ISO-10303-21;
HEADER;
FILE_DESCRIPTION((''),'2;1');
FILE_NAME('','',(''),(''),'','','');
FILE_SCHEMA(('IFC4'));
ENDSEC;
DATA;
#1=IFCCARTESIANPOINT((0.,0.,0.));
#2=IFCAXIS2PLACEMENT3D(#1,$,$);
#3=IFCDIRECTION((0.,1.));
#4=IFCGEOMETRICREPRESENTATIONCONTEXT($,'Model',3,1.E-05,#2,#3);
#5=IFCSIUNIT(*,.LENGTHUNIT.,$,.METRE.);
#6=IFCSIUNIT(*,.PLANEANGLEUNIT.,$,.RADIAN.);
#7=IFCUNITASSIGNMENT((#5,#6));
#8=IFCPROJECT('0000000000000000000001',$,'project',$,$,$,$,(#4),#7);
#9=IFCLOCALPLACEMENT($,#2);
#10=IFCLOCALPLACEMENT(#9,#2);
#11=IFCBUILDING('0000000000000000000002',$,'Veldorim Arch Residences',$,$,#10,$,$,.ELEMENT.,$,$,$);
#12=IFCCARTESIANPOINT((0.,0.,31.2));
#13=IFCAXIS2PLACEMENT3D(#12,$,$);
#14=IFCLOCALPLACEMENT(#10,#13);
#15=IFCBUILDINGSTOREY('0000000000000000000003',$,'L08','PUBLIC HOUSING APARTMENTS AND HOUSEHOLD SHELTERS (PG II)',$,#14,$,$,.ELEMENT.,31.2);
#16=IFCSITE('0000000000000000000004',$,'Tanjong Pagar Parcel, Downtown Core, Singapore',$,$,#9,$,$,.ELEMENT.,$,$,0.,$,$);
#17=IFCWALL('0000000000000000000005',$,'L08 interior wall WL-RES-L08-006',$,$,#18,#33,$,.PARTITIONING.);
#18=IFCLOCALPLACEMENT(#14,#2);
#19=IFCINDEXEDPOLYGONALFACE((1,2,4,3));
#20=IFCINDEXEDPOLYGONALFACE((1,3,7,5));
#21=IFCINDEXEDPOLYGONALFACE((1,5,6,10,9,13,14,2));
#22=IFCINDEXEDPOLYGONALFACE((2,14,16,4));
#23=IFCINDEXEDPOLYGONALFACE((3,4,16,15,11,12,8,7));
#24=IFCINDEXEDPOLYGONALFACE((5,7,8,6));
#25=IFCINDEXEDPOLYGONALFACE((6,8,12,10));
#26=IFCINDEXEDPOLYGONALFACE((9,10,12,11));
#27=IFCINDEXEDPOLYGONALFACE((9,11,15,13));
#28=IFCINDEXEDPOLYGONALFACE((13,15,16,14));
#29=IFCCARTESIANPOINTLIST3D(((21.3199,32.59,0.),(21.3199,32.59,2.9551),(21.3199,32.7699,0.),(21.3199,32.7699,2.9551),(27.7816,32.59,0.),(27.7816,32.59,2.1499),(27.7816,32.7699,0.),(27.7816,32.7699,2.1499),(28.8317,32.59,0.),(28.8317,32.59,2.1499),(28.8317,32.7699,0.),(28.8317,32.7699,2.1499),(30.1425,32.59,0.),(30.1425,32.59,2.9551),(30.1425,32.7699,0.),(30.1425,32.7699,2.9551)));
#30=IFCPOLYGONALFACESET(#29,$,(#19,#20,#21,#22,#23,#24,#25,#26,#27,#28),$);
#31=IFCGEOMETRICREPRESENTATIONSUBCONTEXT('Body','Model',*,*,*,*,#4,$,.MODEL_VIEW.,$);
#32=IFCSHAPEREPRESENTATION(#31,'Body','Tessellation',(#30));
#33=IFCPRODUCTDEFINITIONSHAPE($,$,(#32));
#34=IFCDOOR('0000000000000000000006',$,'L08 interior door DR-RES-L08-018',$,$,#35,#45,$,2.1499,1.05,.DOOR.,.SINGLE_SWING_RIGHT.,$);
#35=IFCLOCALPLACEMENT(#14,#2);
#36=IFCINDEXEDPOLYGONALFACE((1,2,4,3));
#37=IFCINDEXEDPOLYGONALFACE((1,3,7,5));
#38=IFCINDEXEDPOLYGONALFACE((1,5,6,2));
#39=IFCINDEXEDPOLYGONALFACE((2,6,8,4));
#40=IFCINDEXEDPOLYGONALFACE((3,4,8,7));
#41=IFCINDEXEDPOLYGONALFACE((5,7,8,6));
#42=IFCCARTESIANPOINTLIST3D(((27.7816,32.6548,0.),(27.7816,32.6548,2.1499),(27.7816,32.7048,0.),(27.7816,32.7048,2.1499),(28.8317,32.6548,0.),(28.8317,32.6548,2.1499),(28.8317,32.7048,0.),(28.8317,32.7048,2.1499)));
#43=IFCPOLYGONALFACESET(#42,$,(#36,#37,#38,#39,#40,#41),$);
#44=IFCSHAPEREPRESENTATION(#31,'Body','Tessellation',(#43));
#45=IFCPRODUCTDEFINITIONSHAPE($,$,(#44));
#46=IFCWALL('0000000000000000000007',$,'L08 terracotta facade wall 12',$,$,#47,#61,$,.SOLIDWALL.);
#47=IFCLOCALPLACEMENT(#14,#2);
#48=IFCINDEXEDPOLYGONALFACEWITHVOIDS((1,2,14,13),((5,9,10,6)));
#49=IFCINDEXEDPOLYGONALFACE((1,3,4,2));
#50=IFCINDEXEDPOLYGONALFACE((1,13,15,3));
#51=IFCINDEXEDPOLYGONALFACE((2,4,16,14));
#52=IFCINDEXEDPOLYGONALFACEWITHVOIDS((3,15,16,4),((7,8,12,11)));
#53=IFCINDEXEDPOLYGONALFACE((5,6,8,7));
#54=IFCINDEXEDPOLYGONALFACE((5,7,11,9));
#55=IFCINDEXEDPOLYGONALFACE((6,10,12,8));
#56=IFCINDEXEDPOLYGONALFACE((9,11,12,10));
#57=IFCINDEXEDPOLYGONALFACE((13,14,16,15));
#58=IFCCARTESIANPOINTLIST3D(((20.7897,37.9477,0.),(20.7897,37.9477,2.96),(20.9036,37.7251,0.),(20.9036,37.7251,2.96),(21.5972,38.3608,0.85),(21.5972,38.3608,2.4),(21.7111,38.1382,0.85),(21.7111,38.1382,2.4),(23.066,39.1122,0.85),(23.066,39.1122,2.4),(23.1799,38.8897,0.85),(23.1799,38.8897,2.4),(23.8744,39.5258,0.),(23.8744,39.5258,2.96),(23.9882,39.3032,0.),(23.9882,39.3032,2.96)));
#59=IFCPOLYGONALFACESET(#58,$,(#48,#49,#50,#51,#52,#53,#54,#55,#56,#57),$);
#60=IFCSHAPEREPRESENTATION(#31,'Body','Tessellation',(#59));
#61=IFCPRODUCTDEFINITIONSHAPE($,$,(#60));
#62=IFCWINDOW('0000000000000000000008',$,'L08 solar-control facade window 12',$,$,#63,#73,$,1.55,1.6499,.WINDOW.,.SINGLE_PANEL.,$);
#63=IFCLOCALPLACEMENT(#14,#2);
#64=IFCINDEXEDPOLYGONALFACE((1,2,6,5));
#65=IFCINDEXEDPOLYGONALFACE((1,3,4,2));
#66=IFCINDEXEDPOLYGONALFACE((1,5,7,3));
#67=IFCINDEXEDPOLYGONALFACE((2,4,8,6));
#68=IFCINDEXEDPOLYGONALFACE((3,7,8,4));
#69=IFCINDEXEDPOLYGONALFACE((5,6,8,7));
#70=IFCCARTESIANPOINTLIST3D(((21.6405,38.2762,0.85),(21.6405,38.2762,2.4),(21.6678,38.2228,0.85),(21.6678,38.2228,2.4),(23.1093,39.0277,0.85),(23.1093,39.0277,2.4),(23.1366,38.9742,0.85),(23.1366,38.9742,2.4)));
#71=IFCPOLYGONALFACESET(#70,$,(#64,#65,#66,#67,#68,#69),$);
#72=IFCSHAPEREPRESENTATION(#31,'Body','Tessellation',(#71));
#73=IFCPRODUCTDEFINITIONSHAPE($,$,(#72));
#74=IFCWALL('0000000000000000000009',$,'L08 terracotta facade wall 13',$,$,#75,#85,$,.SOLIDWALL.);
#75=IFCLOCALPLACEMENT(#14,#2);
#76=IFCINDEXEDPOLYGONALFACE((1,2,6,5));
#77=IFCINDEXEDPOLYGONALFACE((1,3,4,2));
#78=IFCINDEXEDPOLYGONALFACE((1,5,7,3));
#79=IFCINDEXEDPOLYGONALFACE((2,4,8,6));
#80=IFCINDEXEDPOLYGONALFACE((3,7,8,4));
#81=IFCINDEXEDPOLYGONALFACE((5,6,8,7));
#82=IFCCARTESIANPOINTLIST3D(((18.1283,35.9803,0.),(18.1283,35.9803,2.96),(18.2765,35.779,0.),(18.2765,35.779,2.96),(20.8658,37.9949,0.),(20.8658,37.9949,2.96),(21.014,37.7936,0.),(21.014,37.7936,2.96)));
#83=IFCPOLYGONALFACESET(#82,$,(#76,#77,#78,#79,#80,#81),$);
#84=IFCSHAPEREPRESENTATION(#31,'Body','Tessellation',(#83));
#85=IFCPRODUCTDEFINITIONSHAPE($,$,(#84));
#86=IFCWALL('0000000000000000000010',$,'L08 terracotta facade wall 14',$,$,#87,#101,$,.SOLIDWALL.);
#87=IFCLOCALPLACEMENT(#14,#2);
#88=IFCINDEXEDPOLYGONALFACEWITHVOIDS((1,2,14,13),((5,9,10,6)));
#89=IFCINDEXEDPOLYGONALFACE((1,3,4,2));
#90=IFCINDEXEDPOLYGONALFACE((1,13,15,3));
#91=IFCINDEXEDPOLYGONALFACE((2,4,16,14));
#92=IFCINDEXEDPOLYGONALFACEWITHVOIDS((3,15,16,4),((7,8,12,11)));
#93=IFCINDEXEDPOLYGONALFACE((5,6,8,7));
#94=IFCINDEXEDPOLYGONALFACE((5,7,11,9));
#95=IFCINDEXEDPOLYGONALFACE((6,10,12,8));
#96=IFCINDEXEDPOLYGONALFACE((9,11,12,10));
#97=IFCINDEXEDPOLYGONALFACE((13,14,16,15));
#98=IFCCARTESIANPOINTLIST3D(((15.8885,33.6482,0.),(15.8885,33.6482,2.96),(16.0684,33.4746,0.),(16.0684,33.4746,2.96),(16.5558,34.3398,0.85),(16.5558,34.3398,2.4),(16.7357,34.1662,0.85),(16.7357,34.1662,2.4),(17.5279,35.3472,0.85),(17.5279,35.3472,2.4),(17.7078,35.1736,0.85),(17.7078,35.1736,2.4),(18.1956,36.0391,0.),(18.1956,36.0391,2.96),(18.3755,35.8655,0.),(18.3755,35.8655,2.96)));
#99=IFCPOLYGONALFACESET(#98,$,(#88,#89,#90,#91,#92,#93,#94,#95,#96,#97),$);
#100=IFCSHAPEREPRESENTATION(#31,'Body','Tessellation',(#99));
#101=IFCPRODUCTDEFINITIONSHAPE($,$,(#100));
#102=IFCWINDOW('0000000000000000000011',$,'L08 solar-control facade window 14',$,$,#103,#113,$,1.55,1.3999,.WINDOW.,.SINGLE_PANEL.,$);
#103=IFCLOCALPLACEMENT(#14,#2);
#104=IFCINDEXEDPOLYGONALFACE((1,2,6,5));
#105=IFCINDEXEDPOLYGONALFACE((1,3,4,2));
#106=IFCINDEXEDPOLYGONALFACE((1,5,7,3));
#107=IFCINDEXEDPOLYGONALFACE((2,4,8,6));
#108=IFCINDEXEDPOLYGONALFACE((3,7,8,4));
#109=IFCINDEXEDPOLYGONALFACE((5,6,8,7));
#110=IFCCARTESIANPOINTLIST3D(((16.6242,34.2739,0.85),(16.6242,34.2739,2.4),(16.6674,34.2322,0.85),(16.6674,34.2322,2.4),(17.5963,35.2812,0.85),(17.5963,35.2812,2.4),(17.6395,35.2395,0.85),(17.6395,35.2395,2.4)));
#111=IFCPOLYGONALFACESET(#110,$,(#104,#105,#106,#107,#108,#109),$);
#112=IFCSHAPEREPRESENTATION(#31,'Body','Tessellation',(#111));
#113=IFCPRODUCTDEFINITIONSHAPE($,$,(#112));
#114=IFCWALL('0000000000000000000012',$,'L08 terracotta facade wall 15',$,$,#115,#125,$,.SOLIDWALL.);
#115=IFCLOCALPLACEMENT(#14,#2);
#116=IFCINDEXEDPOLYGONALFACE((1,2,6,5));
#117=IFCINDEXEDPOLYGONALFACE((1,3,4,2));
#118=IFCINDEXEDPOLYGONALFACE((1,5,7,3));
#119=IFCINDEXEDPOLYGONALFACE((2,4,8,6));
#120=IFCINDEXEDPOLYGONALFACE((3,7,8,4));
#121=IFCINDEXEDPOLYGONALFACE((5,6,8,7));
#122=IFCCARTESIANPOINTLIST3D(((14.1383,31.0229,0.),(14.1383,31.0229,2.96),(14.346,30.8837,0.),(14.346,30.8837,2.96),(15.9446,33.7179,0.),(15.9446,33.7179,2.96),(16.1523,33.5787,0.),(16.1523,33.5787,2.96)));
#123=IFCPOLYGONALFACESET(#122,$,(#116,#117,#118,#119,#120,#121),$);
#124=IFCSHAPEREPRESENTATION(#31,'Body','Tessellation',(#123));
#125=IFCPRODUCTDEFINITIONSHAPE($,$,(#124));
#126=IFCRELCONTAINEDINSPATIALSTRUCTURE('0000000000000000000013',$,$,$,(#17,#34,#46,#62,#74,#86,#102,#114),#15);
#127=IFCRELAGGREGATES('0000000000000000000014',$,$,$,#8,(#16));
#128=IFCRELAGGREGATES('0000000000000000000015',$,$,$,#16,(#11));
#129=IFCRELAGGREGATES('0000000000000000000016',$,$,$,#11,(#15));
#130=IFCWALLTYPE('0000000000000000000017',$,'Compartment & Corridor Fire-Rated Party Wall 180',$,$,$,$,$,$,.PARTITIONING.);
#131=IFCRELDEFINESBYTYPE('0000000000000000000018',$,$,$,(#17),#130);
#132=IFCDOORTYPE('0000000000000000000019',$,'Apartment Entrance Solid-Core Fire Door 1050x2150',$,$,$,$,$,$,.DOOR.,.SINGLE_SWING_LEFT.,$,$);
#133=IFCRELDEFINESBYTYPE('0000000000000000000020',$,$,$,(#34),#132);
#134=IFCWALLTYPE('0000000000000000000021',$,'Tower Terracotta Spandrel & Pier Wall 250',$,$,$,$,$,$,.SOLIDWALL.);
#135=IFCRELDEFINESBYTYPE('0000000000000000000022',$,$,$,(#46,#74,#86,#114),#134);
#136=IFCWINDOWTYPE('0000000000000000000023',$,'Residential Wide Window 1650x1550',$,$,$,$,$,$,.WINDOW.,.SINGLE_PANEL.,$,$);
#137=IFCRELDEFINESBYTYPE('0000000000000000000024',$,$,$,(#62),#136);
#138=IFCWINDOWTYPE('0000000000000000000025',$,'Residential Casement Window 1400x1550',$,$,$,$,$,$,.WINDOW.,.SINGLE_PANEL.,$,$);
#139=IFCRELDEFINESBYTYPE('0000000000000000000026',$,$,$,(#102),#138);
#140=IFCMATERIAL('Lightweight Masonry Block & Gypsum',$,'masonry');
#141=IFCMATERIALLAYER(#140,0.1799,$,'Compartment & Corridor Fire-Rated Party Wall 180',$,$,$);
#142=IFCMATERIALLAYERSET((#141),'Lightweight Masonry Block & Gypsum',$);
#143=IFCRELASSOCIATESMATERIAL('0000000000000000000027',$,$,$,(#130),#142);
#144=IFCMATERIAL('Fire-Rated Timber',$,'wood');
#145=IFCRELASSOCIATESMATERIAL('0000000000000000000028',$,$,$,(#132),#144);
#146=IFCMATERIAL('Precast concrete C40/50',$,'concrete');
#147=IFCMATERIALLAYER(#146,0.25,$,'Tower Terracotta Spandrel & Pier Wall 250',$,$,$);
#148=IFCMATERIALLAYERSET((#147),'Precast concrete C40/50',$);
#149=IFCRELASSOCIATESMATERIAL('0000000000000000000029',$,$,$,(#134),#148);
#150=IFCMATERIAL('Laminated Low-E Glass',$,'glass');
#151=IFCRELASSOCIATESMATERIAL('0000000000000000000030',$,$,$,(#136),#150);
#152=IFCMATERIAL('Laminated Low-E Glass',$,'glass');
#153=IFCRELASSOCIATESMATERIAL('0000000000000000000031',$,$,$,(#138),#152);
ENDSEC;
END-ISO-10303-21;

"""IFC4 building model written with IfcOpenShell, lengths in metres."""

from ifc_helpers import new_model, si_unit, direction, frame, frame_2d, origin, place, context, subcontext, project, spatial, rectangle, extrude, material, layer, layer_set, type_object, element, fill, save


model = new_model("IFC4")

# Units and contexts
model_context = context("Model", 3, precision=1e-05, world=origin(), true_north=direction((0.0, 1.0)))
body_context = subcontext(model_context, "Body", "Model", "MODEL_VIEW")
ifc_project = project(units=[si_unit("LENGTHUNIT", "METRE"), si_unit("PLANEANGLEUNIT", "RADIAN")], contexts=[model_context])

# Site, building, storey
site_placement = place(None, origin())
site = spatial("IfcSite", under=ifc_project, at=site_placement, Name="Tanjong Pagar Parcel, Downtown Core, Singapore", CompositionType="ELEMENT", RefElevation=0.0)
building_placement = place(site_placement, origin())
building = spatial("IfcBuilding", under=site, at=building_placement, Name="Veldorim Arch Residences", CompositionType="ELEMENT")
storey_placement = place(building_placement, frame((0.0, 0.0, 31.2)))
storey = spatial("IfcBuildingStorey", under=building, at=storey_placement, Name="L08", Description="PUBLIC HOUSING APARTMENTS AND HOUSEHOLD SHELTERS (PG II)", CompositionType="ELEMENT", Elevation=31.2)

# Shared definitions
ifc_material_1 = material(Name="Lightweight Masonry Block & Gypsum", Category="masonry")
ifc_layer_1 = layer(ifc_material_1, 0.1799, Name="Compartment & Corridor Fire-Rated Party Wall 180")
ifc_layer_set_1 = layer_set([ifc_layer_1], Name="Lightweight Masonry Block & Gypsum")
wall_type_1 = type_object("IfcWallType", Name="Compartment & Corridor Fire-Rated Party Wall 180", PredefinedType="PARTITIONING", material=ifc_layer_set_1)

# Wall, opening, door
wall_1_placement = place(storey_placement, frame((21.3201, 32.6799, 0.0), z_axis=(0.0, 0.0, 1.0), x_axis=(1.0, 0.0, 0.0)))
wall_1 = element("IfcWall", 1, at=wall_1_placement, inside=storey, type_object=wall_type_1, Name="L08 interior wall WL-RES-L08-006", PredefinedType="PARTITIONING", context=body_context, shape_type="SweptSolid", body=[
    extrude(rectangle(XDim=8.8225, YDim=0.1799, at=frame_2d((4.4111, 0.0))), origin(), (0.0, 0.0, 1.0), 2.9551),
])
opening_1_placement = place(wall_1_placement, frame((6.4617, 0.0, 0.0)))
opening_1 = element("IfcOpeningElement", 2, at=opening_1_placement, cuts=wall_1, PredefinedType="OPENING", context=body_context, shape_type="SweptSolid", body=[
    extrude(rectangle(XDim=1.05, YDim=2.1499, at=frame_2d((0.5249, 1.075))), frame((0.0, 0.0999, 0.0), z_axis=(0.0, -1.0, 0.0), x_axis=(1.0, 0.0, 0.0)), (0.0, 0.0, 1.0), 0.2),
])
ifc_material_2 = material(Name="Fire-Rated Timber", Category="wood")
door_type = type_object("IfcDoorType", Name="Apartment Entrance Solid-Core Fire Door 1050x2150", OperationType="SINGLE_SWING_LEFT", PredefinedType="DOOR", material=ifc_material_2)
door_placement = place(opening_1_placement, origin())
door = element("IfcDoor", 3, at=door_placement, inside=storey, type_object=door_type, Name="L08 interior door DR-RES-L08-018", OperationType="SINGLE_SWING_RIGHT", OverallHeight=2.1499, OverallWidth=1.05, PredefinedType="DOOR", context=body_context, shape_type="SweptSolid", body=[
    extrude(rectangle(XDim=1.05, YDim=2.1499, at=frame_2d((0.5249, 1.075))), frame((0.0, 0.0249, 0.0), z_axis=(0.0, -1.0, 0.0), x_axis=(1.0, 0.0, 0.0)), (0.0, 0.0, 1.0), 0.05),
])
fill(opening_1, door)

# Wall, opening, window
ifc_material_3 = material(Name="Precast concrete C40/50", Category="concrete")
ifc_layer_2 = layer(ifc_material_3, 0.25, Name="Tower Terracotta Spandrel & Pier Wall 250")
ifc_layer_set_2 = layer_set([ifc_layer_2], Name="Precast concrete C40/50")
wall_type_2 = type_object("IfcWallType", Name="Tower Terracotta Spandrel & Pier Wall 250", PredefinedType="SOLIDWALL", material=ifc_layer_set_2)
wall_2_placement = place(storey_placement, frame((20.8467, 37.8364, 0.0), z_axis=(0.0, 0.0, 1.0), x_axis=(0.89026, 0.455452, 0.0)))
wall_2 = element("IfcWall", 4, at=wall_2_placement, inside=storey, type_object=wall_type_2, Name="L08 terracotta facade wall 12", PredefinedType="SOLIDWALL", context=body_context, shape_type="SweptSolid", body=[
    extrude(rectangle(XDim=3.4648, YDim=0.25, at=frame_2d((1.7324, 0.0))), origin(), (0.0, 0.0, 1.0), 2.96),
])
opening_2_placement = place(wall_2_placement, frame((0.907, 0.0, 0.8501)))
opening_2 = element("IfcOpeningElement", 5, at=opening_2_placement, cuts=wall_2, PredefinedType="OPENING", context=body_context, shape_type="SweptSolid", body=[
    extrude(rectangle(XDim=1.6499, YDim=1.55, at=frame_2d((0.825, 0.7749))), frame((0.0, 0.135, 0.0), z_axis=(0.0, -1.0, 0.0), x_axis=(1.0, 0.0, 0.0)), (0.0, 0.0, 1.0), 0.27),
])
ifc_material_4 = material(Name="Laminated Low-E Glass", Category="glass")
window_type_1 = type_object("IfcWindowType", Name="Residential Wide Window 1650x1550", PartitioningType="SINGLE_PANEL", PredefinedType="WINDOW", material=ifc_material_4)
window_1_placement = place(opening_2_placement, origin())
window_1 = element("IfcWindow", 6, at=window_1_placement, inside=storey, type_object=window_type_1, Name="L08 solar-control facade window 12", OverallHeight=1.55, OverallWidth=1.6499, PartitioningType="SINGLE_PANEL", PredefinedType="WINDOW", context=body_context, shape_type="SweptSolid", body=[
    extrude(rectangle(XDim=1.6499, YDim=1.55, at=frame_2d((0.825, 0.7749))), frame((0.0, 0.03, 0.0), z_axis=(0.0, -1.0, 0.0), x_axis=(1.0, 0.0, 0.0)), (0.0, 0.0, 1.0), 0.0601),
])
fill(opening_2, window_1)

# Wall
wall_3_placement = place(storey_placement, frame((18.2024, 35.8796, 0.0), z_axis=(0.0, 0.0, 1.0), x_axis=(0.805406, 0.592724, 0.0)))
element("IfcWall", 7, at=wall_3_placement, inside=storey, type_object=wall_type_2, Name="L08 terracotta facade wall 13", PredefinedType="SOLIDWALL", context=body_context, shape_type="SweptSolid", body=[
    extrude(rectangle(XDim=3.3989, YDim=0.25, at=frame_2d((1.6995, 0.0))), origin(), (0.0, 0.0, 1.0), 2.96),
])

# Wall, opening, window
wall_4_placement = place(storey_placement, frame((15.9785, 33.5615, 0.0), z_axis=(0.0, 0.0, 1.0), x_axis=(0.694393, 0.719596, 0.0)))
wall_4 = element("IfcWall", 8, at=wall_4_placement, inside=storey, type_object=wall_type_2, Name="L08 terracotta facade wall 14", PredefinedType="SOLIDWALL", context=body_context, shape_type="SweptSolid", body=[
    extrude(rectangle(XDim=3.3225, YDim=0.25, at=frame_2d((1.6611, 0.0))), origin(), (0.0, 0.0, 1.0), 2.96),
])
opening_3_placement = place(wall_4_placement, frame((0.9609, 0.0, 0.8501)))
opening_3 = element("IfcOpeningElement", 9, at=opening_3_placement, cuts=wall_4, PredefinedType="OPENING", context=body_context, shape_type="SweptSolid", body=[
    extrude(rectangle(XDim=1.3999, YDim=1.55, at=frame_2d((0.7, 0.7749))), frame((0.0, 0.135, 0.0), z_axis=(0.0, -1.0, 0.0), x_axis=(1.0, 0.0, 0.0)), (0.0, 0.0, 1.0), 0.27),
])
ifc_material_5 = material(Name="Laminated Low-E Glass", Category="glass")
window_type_2 = type_object("IfcWindowType", Name="Residential Casement Window 1400x1550", PartitioningType="SINGLE_PANEL", PredefinedType="WINDOW", material=ifc_material_5)
window_2_placement = place(opening_3_placement, origin())
window_2 = element("IfcWindow", 10, at=window_2_placement, inside=storey, type_object=window_type_2, Name="L08 solar-control facade window 14", OverallHeight=1.55, OverallWidth=1.3999, PartitioningType="SINGLE_PANEL", PredefinedType="WINDOW", context=body_context, shape_type="SweptSolid", body=[
    extrude(rectangle(XDim=1.3999, YDim=1.55, at=frame_2d((0.7, 0.7749))), frame((0.0, 0.03, 0.0), z_axis=(0.0, -1.0, 0.0), x_axis=(1.0, 0.0, 0.0)), (0.0, 0.0, 1.0), 0.0601),
])
fill(opening_3, window_2)

# Wall
wall_5_placement = place(storey_placement, frame((14.2422, 30.9534, 0.0), z_axis=(0.0, 0.0, 1.0), x_axis=(0.556765, 0.83067, 0.0)))
element("IfcWall", 11, at=wall_5_placement, inside=storey, type_object=wall_type_2, Name="L08 terracotta facade wall 15", PredefinedType="SOLIDWALL", context=body_context, shape_type="SweptSolid", body=[
    extrude(rectangle(XDim=3.2444, YDim=0.25, at=frame_2d((1.6221, 0.0))), origin(), (0.0, 0.0, 1.0), 2.96),
])

save(model, "model.ifc")
